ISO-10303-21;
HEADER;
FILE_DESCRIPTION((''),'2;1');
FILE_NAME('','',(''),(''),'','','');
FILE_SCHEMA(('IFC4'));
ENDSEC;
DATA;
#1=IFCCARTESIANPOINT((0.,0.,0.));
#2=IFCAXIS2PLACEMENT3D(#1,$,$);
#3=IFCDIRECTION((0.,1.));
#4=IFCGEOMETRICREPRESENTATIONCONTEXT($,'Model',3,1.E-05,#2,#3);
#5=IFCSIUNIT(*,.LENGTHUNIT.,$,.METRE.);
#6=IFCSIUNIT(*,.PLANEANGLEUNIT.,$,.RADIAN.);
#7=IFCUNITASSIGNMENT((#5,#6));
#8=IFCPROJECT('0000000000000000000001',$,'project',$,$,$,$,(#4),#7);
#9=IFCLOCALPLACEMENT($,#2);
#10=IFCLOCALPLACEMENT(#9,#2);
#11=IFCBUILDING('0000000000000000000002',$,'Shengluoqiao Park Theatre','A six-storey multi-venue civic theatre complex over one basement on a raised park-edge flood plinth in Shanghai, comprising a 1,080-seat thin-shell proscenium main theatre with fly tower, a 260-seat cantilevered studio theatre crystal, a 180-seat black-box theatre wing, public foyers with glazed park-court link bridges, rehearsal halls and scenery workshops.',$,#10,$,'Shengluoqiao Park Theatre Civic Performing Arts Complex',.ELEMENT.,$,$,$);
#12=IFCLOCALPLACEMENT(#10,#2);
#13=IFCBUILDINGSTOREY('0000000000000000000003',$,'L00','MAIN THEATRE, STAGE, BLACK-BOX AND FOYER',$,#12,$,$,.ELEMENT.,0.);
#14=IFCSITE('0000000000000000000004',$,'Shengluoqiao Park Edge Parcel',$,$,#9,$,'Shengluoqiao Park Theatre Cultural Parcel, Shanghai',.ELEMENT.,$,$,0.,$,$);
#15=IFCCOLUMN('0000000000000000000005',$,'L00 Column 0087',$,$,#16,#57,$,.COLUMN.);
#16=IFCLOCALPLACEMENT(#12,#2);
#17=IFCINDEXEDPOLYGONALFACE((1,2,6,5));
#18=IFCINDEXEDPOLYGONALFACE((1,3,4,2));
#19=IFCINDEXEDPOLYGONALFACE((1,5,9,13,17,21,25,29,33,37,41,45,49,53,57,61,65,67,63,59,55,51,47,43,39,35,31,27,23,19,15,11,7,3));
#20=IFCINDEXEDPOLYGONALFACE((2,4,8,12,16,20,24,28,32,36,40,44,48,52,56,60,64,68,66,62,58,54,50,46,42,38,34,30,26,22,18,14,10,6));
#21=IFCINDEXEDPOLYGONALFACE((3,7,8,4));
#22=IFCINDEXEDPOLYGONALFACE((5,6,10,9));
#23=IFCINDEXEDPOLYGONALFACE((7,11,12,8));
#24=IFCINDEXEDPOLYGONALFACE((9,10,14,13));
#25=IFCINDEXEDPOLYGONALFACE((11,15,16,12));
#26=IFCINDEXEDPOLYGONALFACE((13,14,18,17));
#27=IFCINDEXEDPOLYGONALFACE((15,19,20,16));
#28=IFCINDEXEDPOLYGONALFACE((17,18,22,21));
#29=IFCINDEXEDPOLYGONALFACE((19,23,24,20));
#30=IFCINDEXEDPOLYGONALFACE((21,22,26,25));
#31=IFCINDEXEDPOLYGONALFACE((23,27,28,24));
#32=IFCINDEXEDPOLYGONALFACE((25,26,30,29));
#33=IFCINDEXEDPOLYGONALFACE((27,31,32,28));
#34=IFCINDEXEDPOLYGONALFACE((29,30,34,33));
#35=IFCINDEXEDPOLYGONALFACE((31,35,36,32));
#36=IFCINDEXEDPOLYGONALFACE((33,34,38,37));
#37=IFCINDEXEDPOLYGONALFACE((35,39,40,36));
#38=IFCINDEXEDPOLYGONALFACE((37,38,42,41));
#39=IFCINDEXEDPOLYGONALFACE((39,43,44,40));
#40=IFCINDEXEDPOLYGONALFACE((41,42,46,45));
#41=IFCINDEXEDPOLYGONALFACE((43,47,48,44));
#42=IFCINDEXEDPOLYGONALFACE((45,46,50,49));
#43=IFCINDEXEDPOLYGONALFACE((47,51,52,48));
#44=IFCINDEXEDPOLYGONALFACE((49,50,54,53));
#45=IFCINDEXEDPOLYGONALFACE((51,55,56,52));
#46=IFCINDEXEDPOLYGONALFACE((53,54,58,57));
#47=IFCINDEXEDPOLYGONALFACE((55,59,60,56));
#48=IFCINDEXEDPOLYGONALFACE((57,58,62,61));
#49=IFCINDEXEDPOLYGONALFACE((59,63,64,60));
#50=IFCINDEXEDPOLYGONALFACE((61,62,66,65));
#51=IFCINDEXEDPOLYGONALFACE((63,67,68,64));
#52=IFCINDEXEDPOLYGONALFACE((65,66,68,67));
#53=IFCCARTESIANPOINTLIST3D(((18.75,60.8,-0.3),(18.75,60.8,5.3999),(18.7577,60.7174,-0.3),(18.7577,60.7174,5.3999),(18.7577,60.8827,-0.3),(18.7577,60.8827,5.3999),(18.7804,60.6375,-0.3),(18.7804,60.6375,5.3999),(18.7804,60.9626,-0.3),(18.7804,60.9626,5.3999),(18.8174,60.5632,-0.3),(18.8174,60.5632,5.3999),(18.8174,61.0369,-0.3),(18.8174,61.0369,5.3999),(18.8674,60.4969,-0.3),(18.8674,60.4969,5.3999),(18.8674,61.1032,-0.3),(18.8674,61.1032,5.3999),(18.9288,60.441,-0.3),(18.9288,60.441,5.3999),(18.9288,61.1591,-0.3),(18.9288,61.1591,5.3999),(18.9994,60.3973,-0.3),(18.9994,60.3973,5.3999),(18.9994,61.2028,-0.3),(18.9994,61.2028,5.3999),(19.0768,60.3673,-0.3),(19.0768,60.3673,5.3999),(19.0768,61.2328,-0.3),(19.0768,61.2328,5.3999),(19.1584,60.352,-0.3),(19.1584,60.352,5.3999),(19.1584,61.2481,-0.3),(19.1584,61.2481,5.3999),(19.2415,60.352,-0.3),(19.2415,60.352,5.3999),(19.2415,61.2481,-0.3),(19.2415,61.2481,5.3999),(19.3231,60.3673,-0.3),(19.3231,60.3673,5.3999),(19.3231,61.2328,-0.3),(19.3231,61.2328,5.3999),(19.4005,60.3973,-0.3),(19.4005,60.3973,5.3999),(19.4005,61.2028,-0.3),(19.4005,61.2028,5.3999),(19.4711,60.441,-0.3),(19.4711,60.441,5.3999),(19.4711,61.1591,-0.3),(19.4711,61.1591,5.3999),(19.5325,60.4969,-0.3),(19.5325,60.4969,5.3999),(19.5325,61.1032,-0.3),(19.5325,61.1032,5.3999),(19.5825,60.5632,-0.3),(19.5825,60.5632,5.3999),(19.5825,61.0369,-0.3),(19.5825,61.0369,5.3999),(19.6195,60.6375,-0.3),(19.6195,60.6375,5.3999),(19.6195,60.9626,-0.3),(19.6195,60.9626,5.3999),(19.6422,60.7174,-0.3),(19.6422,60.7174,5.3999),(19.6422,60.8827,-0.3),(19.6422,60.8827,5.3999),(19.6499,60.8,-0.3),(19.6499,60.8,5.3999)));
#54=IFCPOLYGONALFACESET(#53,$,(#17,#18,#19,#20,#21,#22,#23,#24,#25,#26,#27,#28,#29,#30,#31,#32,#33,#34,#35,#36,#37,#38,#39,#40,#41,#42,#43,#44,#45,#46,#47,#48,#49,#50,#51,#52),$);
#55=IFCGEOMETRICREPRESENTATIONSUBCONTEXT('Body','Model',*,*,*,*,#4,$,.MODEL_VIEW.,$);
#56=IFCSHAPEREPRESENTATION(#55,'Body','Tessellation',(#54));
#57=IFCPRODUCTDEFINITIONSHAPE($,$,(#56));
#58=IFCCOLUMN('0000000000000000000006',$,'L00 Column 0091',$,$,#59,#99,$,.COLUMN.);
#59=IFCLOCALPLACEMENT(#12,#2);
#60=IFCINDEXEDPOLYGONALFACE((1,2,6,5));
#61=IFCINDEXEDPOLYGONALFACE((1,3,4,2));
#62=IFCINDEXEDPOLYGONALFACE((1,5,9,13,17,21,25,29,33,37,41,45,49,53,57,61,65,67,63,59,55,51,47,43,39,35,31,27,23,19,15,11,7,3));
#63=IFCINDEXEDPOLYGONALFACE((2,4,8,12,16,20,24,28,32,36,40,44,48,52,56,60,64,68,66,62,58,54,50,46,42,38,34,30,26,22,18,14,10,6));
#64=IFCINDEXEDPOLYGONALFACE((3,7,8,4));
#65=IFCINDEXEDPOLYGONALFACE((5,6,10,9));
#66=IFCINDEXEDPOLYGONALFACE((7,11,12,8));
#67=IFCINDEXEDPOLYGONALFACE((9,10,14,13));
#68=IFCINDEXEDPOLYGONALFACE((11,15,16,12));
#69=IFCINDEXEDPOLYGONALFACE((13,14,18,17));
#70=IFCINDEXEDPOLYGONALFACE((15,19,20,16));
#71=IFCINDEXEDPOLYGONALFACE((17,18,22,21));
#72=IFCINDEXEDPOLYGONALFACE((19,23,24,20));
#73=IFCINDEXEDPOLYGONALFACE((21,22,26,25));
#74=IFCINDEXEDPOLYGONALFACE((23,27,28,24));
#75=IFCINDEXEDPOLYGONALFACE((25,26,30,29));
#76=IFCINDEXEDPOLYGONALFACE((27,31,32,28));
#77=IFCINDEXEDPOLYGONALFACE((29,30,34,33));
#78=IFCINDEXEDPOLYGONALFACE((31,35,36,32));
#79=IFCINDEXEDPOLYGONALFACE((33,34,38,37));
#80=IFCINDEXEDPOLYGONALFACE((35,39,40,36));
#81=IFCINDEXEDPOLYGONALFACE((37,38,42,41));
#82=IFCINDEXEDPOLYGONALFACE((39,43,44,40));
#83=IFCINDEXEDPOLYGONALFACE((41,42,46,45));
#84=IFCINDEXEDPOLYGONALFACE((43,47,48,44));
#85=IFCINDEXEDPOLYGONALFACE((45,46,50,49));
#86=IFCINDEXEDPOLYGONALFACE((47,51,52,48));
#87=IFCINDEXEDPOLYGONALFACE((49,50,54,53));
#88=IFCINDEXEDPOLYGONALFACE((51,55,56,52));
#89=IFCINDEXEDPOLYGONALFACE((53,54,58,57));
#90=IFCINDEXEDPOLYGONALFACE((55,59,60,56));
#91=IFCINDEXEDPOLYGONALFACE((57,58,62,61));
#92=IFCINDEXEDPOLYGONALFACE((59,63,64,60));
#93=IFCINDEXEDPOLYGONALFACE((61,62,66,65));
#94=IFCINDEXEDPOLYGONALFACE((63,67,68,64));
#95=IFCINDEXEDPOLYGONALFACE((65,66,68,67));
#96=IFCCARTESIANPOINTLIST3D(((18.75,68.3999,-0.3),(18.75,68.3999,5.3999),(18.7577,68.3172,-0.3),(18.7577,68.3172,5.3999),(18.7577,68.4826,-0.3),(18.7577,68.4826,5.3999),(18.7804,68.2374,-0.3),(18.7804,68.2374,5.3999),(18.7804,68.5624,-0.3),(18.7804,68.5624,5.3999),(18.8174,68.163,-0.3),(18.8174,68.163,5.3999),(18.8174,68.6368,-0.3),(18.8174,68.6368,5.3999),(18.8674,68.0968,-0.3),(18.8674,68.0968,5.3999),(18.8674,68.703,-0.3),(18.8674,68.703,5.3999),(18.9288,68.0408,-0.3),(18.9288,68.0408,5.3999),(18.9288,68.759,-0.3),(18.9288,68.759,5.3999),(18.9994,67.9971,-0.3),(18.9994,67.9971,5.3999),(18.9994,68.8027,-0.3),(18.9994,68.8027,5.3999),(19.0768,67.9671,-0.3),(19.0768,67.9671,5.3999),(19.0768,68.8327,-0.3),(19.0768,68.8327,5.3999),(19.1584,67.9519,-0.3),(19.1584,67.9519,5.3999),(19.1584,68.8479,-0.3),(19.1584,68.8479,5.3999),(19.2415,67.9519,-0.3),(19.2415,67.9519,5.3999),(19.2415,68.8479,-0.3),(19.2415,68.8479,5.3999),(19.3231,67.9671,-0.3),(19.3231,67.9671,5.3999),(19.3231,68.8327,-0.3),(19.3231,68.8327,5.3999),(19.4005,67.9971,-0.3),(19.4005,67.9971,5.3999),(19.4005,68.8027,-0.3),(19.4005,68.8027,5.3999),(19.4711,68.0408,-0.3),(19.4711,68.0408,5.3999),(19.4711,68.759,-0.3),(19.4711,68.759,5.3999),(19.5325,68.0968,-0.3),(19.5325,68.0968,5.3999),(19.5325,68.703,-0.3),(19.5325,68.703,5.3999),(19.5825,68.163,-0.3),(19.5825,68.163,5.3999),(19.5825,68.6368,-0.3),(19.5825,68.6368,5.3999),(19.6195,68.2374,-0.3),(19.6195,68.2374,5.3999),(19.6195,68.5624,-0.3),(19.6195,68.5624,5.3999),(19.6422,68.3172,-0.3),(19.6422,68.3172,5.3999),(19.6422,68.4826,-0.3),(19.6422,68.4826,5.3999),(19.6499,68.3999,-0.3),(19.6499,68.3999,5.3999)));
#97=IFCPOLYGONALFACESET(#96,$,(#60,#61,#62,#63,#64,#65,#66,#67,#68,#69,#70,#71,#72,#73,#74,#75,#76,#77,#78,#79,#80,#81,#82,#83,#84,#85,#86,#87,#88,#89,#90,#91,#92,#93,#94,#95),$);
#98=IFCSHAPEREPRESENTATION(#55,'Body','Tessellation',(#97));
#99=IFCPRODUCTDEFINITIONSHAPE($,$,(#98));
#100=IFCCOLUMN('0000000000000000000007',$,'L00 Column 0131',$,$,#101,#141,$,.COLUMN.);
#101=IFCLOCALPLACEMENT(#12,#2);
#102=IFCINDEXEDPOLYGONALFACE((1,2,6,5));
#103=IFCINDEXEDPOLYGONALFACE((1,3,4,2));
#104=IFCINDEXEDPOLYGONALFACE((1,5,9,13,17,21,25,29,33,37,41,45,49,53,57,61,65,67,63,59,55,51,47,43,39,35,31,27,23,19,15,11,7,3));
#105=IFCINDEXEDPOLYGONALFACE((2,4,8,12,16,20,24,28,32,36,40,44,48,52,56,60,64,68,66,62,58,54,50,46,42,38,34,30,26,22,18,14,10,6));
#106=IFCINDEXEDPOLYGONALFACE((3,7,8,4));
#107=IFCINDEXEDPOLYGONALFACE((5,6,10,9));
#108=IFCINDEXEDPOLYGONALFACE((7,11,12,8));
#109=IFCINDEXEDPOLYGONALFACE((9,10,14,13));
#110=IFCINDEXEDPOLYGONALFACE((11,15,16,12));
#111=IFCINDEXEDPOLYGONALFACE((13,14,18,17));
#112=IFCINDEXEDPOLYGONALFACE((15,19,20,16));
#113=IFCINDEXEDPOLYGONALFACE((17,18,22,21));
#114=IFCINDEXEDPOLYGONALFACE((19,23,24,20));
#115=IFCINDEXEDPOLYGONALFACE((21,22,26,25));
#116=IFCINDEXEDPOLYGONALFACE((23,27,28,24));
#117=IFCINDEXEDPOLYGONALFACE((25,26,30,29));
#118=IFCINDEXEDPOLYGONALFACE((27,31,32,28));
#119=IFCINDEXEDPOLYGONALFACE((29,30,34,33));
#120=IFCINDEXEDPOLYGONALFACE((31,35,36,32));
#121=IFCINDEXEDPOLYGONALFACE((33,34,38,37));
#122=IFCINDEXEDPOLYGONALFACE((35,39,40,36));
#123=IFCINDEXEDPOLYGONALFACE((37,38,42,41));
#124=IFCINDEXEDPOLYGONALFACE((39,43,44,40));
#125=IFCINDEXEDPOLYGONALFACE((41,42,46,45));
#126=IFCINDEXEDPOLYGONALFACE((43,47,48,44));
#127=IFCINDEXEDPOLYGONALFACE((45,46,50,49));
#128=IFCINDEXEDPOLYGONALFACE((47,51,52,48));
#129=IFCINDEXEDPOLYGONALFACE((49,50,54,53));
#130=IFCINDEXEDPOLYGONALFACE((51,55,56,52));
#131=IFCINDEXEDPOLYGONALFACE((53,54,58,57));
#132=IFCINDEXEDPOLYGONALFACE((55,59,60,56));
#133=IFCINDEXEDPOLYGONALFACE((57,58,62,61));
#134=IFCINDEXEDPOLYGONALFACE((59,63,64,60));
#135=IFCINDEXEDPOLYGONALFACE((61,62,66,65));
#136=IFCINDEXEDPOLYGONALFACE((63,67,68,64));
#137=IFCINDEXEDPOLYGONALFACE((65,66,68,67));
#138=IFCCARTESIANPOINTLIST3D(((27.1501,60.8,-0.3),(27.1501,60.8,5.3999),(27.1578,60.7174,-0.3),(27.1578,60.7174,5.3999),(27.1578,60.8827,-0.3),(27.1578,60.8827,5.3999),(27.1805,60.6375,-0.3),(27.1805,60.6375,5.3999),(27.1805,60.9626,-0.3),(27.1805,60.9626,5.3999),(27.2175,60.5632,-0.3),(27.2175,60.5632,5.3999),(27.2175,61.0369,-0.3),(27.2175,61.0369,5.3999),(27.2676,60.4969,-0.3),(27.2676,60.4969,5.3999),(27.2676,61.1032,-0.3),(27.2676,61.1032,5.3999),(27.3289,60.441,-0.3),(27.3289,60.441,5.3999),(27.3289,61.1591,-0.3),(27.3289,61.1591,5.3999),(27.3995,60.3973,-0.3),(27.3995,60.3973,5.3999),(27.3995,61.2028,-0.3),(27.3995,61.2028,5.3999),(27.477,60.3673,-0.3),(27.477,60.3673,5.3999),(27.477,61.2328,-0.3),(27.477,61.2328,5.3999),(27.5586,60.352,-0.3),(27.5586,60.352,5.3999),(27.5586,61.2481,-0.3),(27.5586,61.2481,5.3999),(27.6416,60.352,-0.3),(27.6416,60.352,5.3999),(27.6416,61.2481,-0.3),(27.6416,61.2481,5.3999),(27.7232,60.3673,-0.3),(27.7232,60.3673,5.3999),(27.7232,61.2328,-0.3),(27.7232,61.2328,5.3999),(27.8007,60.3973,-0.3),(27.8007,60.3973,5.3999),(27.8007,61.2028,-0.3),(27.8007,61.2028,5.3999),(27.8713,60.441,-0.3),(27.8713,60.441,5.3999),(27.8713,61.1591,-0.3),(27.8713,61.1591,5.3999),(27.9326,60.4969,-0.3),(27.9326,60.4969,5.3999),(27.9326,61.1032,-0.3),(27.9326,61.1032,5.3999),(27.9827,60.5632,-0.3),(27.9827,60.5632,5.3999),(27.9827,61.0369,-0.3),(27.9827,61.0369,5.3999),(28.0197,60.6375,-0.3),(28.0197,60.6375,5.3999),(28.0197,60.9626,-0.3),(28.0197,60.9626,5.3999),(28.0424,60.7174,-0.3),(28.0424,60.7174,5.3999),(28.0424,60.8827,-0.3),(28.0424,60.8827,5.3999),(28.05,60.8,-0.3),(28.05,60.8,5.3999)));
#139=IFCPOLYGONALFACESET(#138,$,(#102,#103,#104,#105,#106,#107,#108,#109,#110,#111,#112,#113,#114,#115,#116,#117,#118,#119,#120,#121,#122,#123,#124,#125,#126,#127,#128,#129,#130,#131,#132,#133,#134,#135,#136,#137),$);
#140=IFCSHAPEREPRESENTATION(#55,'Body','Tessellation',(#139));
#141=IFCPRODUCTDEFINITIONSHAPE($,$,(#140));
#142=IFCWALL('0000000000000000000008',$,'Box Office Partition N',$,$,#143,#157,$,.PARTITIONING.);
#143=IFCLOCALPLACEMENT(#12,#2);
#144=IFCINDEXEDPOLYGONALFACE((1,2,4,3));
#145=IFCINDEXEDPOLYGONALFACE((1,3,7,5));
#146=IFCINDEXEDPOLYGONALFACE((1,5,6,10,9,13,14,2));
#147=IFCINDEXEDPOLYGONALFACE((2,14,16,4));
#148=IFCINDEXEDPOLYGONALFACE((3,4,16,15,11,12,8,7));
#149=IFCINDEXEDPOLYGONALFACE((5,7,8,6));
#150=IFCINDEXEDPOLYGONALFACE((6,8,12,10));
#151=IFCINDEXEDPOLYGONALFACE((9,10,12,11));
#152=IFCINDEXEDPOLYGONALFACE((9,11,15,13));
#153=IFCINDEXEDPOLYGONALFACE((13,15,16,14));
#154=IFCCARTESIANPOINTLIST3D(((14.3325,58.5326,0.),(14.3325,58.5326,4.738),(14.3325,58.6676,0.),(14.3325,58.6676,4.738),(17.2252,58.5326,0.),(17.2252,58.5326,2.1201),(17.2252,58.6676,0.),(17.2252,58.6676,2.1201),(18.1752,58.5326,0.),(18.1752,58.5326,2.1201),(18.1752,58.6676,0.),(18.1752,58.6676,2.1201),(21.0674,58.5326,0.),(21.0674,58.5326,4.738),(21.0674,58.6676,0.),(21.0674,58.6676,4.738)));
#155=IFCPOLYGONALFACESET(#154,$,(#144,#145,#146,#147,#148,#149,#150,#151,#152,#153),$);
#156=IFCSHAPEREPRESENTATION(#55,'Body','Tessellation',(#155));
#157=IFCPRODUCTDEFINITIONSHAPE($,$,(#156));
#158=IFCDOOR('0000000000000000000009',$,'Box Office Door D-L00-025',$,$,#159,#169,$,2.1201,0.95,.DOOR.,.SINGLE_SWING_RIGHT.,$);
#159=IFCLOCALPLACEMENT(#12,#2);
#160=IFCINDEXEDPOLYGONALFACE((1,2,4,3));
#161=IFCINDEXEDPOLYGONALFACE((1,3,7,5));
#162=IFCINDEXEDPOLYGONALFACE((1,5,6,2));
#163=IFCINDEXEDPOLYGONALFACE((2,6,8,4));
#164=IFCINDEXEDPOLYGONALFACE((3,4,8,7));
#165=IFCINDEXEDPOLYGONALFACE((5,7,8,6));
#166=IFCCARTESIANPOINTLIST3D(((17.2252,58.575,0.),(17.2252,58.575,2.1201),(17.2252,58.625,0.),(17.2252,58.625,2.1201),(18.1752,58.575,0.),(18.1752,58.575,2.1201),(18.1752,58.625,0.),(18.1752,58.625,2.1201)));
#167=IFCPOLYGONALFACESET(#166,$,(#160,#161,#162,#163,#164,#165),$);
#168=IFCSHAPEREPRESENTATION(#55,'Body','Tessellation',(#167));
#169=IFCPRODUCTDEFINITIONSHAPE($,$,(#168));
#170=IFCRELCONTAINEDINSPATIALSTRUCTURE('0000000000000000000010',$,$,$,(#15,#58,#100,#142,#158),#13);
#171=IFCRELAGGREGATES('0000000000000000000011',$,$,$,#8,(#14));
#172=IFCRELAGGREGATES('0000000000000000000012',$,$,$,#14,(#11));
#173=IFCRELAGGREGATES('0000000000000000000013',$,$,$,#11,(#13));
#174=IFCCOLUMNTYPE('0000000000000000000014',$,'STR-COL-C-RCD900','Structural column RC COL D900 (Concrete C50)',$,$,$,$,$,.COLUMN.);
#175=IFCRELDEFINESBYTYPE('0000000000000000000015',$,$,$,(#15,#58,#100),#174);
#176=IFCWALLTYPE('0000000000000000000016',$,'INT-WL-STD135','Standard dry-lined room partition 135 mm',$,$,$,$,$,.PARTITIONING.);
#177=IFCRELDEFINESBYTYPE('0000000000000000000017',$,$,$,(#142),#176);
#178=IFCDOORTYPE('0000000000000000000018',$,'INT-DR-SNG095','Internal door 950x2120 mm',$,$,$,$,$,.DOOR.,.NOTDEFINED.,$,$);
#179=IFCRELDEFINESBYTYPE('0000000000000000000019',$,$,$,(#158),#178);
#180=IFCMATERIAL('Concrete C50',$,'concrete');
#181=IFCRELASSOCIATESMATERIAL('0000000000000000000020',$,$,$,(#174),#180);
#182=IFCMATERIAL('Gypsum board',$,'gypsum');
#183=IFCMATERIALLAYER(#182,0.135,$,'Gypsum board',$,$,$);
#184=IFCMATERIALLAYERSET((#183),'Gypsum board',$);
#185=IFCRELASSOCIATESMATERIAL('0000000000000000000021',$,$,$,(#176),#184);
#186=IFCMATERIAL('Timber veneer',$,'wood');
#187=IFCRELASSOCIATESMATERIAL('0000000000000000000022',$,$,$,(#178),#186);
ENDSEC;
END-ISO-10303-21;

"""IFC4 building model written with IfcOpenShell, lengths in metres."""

from ifc_helpers import new_model, si_unit, direction, frame, frame_2d, origin, origin_2d, place, context, subcontext, project, spatial, rectangle, circle, extrude, material, layer, layer_set, material_profile, profile_set, type_object, element, fill, save


model = new_model("IFC4")

# Units and contexts
model_context = context("Model", 3, precision=1e-05, world=origin(), true_north=direction((0.0, 1.0)))
body_context = subcontext(model_context, "Body", "Model", "MODEL_VIEW")
ifc_project = project(units=[si_unit("LENGTHUNIT", "METRE"), si_unit("PLANEANGLEUNIT", "RADIAN")], contexts=[model_context])

# Site, building, storey
site_placement = place(None, origin())
site = spatial("IfcSite", under=ifc_project, at=site_placement, Name="Shengluoqiao Park Edge Parcel", LongName="Shengluoqiao Park Theatre Cultural Parcel, Shanghai", CompositionType="ELEMENT", RefElevation=0.0)
building_placement = place(site_placement, origin())
building = spatial("IfcBuilding", under=site, at=building_placement, Name="Shengluoqiao Park Theatre", Description="A six-storey multi-venue civic theatre complex over one basement on a raised park-edge flood plinth in Shanghai, comprising a 1,080-seat thin-shell proscenium main theatre with fly tower, a 260-seat cantilevered studio theatre crystal, a 180-seat black-box theatre wing, public foyers with glazed park-court link bridges, rehearsal halls and scenery workshops.", LongName="Shengluoqiao Park Theatre Civic Performing Arts Complex", CompositionType="ELEMENT")
storey_placement = place(building_placement, origin())
storey = spatial("IfcBuildingStorey", under=building, at=storey_placement, Name="L00", Description="MAIN THEATRE, STAGE, BLACK-BOX AND FOYER", CompositionType="ELEMENT", Elevation=0.0)

# Columns
ifc_material_1 = material(Name="Concrete C50", Category="concrete")
ifc_material_profile_1 = material_profile(ifc_material_1, circle(Radius=0.45, at=origin_2d()), Name="RC COL D900")
ifc_profile_set_1 = profile_set([ifc_material_profile_1], Name="Concrete C50")
column_type = type_object("IfcColumnType", Name="STR-COL-C-RCD900", Description="Structural column RC COL D900 (Concrete C50)", PredefinedType="COLUMN", material=ifc_profile_set_1)
for number, where, z_axis, x_axis, name in (
    (1, (19.2, 60.8, -0.3), (0.0, 0.0, 1.0), (1.0, 0.0, 0.0), "L00 Column 0087"),
    (2, (19.2, 68.3999, -0.3), (0.0, 0.0, 1.0), (1.0, 0.0, 0.0), "L00 Column 0091"),
    (3, (27.6001, 60.8, -0.3), (0.0, 0.0, 1.0), (1.0, 0.0, 0.0), "L00 Column 0131"),
):
    element("IfcColumn", number, at=place(storey_placement, frame(where, z_axis=z_axis, x_axis=x_axis)), inside=storey, type_object=column_type, Name=name, PredefinedType="COLUMN", context=body_context, shape_type="SweptSolid", body=[
        extrude(circle(Radius=0.45, at=origin_2d()), origin(), (0.0, 0.0, 1.0), 5.7),
    ])

# Wall, opening, door
ifc_material_2 = material(Name="Gypsum board", Category="gypsum")
ifc_layer = layer(ifc_material_2, 0.135, Name="Gypsum board")
ifc_layer_set = layer_set([ifc_layer], Name="Gypsum board")
wall_type = type_object("IfcWallType", Name="INT-WL-STD135", Description="Standard dry-lined room partition 135 mm", PredefinedType="PARTITIONING", material=ifc_layer_set)
wall_1_placement = place(storey_placement, frame((14.3325, 58.6001, 0.0), z_axis=(0.0, 0.0, 1.0), x_axis=(1.0, 0.0, 0.0)))
wall_1 = element("IfcWall", 4, at=wall_1_placement, inside=storey, type_object=wall_type, Name="Box Office Partition N", PredefinedType="PARTITIONING", context=body_context, shape_type="SweptSolid", body=[
    extrude(rectangle(XDim=6.7349, YDim=0.135, at=frame_2d((3.3674, 0.0))), origin(), (0.0, 0.0, 1.0), 4.738),
])
opening_1_placement = place(wall_1_placement, frame((2.8926, 0.0, 0.0)))
opening_1 = element("IfcOpeningElement", 5, at=opening_1_placement, cuts=wall_1, PredefinedType="OPENING", context=body_context, shape_type="SweptSolid", body=[
    extrude(rectangle(XDim=0.95, YDim=2.1201, at=frame_2d((0.4751, 1.0601))), frame((0.0, 0.0774, 0.0), z_axis=(0.0, -1.0, 0.0), x_axis=(1.0, 0.0, 0.0)), (0.0, 0.0, 1.0), 0.155),
])
ifc_material_3 = material(Name="Timber veneer", Category="wood")
door_type = type_object("IfcDoorType", Name="INT-DR-SNG095", Description="Internal door 950x2120 mm", OperationType="NOTDEFINED", PredefinedType="DOOR", material=ifc_material_3)
door_1_placement = place(opening_1_placement, origin())
door_1 = element("IfcDoor", 6, at=door_1_placement, inside=storey, type_object=door_type, Name="Box Office Door D-L00-025", OperationType="SINGLE_SWING_RIGHT", OverallHeight=2.1201, OverallWidth=0.95, PredefinedType="DOOR", context=body_context, shape_type="SweptSolid", body=[
    extrude(rectangle(XDim=0.95, YDim=2.1201, at=frame_2d((0.4751, 1.0601))), frame((0.0, 0.0249, 0.0), z_axis=(0.0, -1.0, 0.0), x_axis=(1.0, 0.0, 0.0)), (0.0, 0.0, 1.0), 0.05),
])
fill(opening_1, door_1)

save(model, "model.ifc")
